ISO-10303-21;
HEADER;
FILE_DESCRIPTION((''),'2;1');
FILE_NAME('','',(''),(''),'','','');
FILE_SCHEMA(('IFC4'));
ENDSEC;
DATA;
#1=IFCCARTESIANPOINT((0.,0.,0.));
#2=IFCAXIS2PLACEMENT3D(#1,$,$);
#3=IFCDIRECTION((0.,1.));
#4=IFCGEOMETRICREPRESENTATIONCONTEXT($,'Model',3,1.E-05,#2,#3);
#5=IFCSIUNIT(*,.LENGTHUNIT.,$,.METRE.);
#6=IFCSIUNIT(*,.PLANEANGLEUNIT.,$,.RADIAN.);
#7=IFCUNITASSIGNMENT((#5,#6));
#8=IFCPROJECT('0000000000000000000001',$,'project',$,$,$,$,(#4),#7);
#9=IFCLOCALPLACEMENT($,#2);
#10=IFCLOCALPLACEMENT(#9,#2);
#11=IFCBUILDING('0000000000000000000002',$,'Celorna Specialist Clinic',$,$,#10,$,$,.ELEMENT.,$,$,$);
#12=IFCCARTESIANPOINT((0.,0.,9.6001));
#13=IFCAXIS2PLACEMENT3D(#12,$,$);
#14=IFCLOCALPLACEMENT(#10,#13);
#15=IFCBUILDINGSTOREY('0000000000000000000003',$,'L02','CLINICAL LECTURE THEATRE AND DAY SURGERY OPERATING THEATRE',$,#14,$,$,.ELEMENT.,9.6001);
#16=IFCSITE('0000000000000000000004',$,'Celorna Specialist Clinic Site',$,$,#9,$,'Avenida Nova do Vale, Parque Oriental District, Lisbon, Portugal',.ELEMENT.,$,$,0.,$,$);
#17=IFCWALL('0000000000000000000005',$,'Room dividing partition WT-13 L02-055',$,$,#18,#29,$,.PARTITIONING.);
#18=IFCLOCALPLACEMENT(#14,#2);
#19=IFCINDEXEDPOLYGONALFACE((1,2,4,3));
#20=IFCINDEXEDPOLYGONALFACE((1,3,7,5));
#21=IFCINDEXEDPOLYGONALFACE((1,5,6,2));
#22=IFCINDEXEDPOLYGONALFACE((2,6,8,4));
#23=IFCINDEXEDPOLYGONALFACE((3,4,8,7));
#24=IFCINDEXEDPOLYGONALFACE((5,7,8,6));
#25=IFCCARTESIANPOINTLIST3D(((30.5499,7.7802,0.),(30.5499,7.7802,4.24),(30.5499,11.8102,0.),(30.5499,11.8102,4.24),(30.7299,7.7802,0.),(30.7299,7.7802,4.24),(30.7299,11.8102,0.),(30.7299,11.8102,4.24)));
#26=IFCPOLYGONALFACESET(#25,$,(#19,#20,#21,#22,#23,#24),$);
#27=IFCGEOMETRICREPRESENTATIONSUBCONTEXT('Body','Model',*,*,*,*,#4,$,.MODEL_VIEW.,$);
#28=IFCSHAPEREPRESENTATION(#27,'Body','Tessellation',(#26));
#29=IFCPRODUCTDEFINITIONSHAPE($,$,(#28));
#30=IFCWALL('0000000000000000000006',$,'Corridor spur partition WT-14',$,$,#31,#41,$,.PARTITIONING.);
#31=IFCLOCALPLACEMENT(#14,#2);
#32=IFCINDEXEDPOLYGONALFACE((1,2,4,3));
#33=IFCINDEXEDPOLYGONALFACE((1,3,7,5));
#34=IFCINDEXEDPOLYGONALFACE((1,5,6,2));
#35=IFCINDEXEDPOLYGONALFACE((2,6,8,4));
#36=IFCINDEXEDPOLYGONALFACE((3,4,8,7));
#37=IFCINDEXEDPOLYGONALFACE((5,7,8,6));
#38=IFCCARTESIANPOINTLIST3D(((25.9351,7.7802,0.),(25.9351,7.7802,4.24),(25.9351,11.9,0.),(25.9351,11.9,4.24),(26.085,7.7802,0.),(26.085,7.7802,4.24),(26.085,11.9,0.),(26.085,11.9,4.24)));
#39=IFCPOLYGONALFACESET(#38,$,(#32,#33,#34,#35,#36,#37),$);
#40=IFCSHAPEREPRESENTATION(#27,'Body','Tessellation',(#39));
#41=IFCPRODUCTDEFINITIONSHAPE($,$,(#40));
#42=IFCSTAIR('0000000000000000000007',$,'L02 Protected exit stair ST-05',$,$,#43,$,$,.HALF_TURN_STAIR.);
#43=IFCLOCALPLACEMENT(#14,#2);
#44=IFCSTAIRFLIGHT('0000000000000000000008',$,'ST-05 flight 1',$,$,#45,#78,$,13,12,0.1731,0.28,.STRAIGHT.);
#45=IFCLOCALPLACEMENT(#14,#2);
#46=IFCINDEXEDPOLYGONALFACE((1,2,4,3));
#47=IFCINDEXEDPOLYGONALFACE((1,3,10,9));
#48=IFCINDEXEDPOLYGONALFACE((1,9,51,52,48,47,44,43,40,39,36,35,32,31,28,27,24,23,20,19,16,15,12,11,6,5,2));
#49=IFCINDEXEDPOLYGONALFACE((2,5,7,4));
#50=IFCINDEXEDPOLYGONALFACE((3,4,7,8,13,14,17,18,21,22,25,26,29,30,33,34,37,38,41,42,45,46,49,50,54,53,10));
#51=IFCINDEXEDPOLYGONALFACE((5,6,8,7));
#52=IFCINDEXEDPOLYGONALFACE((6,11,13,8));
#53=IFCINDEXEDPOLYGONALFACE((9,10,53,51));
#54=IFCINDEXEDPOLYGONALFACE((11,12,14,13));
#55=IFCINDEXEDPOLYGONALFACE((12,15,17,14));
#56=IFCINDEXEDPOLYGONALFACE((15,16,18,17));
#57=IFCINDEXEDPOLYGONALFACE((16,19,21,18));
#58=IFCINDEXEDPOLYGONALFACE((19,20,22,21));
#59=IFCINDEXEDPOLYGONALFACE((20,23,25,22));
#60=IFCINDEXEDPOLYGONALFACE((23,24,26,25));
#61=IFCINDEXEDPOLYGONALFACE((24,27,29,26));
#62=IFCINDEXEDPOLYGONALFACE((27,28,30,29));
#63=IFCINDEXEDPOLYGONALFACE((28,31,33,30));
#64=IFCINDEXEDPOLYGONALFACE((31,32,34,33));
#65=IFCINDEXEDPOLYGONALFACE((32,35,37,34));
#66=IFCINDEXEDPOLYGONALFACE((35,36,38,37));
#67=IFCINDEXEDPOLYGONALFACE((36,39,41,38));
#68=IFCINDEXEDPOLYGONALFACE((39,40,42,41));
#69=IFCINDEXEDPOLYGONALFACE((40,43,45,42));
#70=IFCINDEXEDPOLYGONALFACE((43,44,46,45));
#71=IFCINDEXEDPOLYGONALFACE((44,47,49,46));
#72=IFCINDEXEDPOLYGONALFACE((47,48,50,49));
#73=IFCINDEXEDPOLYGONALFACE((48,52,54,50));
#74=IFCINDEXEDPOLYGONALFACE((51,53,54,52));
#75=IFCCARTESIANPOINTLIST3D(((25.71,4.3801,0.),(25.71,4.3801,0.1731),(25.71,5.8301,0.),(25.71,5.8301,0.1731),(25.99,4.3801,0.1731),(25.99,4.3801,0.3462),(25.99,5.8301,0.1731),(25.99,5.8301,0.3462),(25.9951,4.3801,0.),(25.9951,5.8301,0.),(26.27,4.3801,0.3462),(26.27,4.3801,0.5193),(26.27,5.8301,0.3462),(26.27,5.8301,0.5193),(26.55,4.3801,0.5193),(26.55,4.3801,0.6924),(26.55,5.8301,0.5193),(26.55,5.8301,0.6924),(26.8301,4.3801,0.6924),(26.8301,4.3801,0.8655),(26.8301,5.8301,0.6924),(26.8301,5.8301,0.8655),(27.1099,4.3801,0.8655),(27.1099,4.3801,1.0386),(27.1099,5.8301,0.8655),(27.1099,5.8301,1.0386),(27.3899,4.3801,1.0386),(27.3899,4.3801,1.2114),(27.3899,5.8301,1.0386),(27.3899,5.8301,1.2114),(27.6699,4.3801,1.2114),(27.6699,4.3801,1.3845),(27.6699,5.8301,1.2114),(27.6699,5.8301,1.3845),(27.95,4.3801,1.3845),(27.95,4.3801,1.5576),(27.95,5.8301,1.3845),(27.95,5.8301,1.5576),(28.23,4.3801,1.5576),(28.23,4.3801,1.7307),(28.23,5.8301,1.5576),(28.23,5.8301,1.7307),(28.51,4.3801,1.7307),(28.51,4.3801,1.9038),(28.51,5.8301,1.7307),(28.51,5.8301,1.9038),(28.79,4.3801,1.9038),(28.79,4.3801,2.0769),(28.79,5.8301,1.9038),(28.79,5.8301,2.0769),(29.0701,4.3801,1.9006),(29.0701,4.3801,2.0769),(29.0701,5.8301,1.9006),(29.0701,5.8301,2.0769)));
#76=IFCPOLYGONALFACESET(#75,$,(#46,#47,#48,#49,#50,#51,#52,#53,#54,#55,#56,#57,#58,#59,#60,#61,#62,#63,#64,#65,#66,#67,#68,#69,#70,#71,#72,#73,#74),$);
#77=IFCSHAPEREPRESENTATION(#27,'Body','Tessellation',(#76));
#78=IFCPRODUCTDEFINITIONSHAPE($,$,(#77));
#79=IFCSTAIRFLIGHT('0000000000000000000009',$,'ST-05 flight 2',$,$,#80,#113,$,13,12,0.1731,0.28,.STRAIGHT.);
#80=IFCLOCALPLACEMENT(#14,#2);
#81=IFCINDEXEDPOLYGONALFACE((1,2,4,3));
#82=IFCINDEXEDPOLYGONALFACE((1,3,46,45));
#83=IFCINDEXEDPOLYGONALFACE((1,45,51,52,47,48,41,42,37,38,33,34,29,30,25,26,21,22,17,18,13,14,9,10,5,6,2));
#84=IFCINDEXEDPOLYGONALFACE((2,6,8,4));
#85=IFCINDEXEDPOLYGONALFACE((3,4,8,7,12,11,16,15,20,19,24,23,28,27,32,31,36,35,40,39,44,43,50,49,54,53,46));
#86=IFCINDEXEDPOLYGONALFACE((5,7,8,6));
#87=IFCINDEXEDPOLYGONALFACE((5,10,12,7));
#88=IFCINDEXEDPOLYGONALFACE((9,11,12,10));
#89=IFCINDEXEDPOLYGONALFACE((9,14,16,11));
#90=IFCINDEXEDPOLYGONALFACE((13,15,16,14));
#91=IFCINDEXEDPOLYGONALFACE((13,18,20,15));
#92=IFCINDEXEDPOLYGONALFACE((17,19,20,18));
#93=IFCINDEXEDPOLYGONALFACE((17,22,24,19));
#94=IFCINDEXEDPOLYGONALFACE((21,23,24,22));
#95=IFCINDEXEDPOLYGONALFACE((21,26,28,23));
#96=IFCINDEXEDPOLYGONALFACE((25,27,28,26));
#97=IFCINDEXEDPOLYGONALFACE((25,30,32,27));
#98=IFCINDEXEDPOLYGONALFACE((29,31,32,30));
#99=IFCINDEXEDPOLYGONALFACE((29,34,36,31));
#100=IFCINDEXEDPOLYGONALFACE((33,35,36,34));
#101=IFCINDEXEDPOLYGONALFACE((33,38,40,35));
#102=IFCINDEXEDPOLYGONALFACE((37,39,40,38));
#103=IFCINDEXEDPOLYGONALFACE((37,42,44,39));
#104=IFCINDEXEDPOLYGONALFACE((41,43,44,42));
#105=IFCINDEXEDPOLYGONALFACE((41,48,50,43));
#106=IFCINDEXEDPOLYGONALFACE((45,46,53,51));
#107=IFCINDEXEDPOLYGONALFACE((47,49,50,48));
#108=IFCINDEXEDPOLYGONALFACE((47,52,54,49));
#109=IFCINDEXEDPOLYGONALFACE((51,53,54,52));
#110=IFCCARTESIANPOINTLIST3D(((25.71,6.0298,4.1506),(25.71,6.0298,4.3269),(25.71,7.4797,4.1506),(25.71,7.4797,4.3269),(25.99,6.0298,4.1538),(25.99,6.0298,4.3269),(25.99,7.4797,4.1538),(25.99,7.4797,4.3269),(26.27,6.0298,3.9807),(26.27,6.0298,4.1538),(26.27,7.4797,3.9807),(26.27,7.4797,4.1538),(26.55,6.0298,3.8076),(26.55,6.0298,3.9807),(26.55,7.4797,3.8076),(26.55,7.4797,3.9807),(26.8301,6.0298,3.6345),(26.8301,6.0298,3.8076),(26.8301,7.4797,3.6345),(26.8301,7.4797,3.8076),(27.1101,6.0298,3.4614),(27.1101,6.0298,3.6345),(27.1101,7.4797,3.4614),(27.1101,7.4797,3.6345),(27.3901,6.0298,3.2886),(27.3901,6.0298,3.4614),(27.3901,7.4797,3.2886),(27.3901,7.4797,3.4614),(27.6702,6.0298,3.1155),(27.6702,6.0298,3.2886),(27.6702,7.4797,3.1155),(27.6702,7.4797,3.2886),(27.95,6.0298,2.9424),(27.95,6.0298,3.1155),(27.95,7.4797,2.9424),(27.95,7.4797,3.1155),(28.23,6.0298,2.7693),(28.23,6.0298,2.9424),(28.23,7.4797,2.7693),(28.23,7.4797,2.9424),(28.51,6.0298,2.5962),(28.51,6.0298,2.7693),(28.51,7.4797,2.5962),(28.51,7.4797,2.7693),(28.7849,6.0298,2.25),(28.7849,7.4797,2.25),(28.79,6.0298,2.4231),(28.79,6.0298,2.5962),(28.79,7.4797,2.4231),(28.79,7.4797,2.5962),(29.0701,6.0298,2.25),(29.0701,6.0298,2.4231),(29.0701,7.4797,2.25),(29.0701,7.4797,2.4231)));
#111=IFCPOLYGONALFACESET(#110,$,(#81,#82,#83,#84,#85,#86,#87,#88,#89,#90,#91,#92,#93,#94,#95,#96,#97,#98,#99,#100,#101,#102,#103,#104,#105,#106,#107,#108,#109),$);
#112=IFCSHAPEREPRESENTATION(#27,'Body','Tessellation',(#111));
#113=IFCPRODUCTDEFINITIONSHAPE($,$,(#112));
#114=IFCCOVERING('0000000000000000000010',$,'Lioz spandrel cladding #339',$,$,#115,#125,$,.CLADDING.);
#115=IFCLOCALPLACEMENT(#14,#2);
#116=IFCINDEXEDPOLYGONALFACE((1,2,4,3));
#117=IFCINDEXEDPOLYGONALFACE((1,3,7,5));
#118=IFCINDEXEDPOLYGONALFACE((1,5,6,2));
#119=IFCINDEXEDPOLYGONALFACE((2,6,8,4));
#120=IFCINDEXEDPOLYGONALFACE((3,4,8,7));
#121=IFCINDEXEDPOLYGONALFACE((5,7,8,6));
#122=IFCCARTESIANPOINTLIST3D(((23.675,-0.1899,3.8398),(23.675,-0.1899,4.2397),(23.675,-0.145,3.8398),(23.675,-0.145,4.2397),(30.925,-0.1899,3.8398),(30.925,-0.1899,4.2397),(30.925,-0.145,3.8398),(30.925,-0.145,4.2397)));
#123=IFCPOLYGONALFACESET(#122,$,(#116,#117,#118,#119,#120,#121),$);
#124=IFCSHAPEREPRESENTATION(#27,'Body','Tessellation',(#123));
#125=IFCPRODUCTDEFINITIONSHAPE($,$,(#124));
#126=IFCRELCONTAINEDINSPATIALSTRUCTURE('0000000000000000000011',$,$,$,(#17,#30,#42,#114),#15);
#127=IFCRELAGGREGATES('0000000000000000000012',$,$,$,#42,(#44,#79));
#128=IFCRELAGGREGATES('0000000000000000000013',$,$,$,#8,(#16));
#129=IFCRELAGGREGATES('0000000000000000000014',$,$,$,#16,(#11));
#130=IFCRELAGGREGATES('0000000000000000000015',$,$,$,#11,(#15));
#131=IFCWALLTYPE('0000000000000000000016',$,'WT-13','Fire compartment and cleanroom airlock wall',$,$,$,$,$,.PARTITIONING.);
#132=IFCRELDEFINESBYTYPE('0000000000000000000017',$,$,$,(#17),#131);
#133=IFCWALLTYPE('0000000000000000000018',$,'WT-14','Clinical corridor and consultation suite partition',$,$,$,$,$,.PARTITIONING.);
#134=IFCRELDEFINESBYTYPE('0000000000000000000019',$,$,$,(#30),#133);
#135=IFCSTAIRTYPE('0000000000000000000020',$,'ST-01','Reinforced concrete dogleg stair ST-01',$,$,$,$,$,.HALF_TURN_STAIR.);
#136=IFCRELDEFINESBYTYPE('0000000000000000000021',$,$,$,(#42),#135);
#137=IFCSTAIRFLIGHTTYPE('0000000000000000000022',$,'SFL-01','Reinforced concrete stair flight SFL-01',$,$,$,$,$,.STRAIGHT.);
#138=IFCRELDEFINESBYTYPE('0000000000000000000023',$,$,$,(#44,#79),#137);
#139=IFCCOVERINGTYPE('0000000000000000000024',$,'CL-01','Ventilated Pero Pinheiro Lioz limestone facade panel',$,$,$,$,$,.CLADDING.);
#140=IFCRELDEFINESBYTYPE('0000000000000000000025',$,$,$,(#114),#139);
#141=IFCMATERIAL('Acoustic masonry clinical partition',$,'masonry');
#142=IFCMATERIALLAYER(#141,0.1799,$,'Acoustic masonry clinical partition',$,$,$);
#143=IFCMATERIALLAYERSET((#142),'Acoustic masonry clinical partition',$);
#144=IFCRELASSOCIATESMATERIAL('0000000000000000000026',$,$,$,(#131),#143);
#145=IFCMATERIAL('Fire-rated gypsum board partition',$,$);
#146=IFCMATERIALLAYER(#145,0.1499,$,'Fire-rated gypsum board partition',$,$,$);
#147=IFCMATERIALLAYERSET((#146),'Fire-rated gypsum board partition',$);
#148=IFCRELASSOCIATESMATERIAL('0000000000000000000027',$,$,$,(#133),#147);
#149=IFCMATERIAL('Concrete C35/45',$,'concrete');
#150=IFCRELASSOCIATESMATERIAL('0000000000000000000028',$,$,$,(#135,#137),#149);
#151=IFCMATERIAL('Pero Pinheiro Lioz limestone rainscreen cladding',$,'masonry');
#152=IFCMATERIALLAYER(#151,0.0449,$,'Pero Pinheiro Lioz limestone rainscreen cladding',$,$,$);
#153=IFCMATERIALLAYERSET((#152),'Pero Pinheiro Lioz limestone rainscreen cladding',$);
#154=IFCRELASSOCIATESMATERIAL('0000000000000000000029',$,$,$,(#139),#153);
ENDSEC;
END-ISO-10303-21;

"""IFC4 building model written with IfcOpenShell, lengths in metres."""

from ifc_helpers import new_model, si_unit, direction, frame, frame_2d, origin, origin_2d, place, context, subcontext, project, spatial, polyline, rectangle, outline, extrude, material, layer, layer_set, type_object, element, aggregate, save


model = new_model("IFC4")

# Units and contexts
model_context = context("Model", 3, precision=1e-05, world=origin(), true_north=direction((0.0, 1.0)))
body_context = subcontext(model_context, "Body", "Model", "MODEL_VIEW")
ifc_project = project(units=[si_unit("LENGTHUNIT", "METRE"), si_unit("PLANEANGLEUNIT", "RADIAN")], contexts=[model_context])

# Site, building, storey
site_placement = place(None, origin())
site = spatial("IfcSite", under=ifc_project, at=site_placement, Name="Celorna Specialist Clinic Site", LongName="Avenida Nova do Vale, Parque Oriental District, Lisbon, Portugal", CompositionType="ELEMENT", RefElevation=0.0)
building_placement = place(site_placement, origin())
building = spatial("IfcBuilding", under=site, at=building_placement, Name="Celorna Specialist Clinic", CompositionType="ELEMENT")
storey_placement = place(building_placement, frame((0.0, 0.0, 9.6001)))
storey = spatial("IfcBuildingStorey", under=building, at=storey_placement, Name="L02", Description="CLINICAL LECTURE THEATRE AND DAY SURGERY OPERATING THEATRE", CompositionType="ELEMENT", Elevation=9.6001)

# Shared definitions
ifc_material_1 = material(Name="Concrete C35/45", Category="concrete")

# Walls
ifc_material_2 = material(Name="Acoustic masonry clinical partition", Category="masonry")
ifc_layer_1 = layer(ifc_material_2, 0.1799, Name="Acoustic masonry clinical partition")
ifc_layer_set_1 = layer_set([ifc_layer_1], Name="Acoustic masonry clinical partition")
wall_type_1 = type_object("IfcWallType", Name="WT-13", Description="Fire compartment and cleanroom airlock wall", PredefinedType="PARTITIONING", material=ifc_layer_set_1)
wall_1_placement = place(storey_placement, frame((30.6399, 7.78, 0.0), z_axis=(0.0, 0.0, 1.0), x_axis=(0.0, 1.0, 0.0)))
element("IfcWall", 1, at=wall_1_placement, inside=storey, type_object=wall_type_1, Name="Room dividing partition WT-13 L02-055", PredefinedType="PARTITIONING", context=body_context, shape_type="SweptSolid", body=[
    extrude(rectangle(XDim=4.03, YDim=0.1799, at=frame_2d((2.0151, 0.0))), origin(), (0.0, 0.0, 1.0), 4.24),
])
ifc_material_3 = material(Name="Fire-rated gypsum board partition")
ifc_layer_2 = layer(ifc_material_3, 0.1499, Name="Fire-rated gypsum board partition")
ifc_layer_set_2 = layer_set([ifc_layer_2], Name="Fire-rated gypsum board partition")
wall_type_2 = type_object("IfcWallType", Name="WT-14", Description="Clinical corridor and consultation suite partition", PredefinedType="PARTITIONING", material=ifc_layer_set_2)
wall_2_placement = place(storey_placement, frame((26.01, 7.78, 0.0), z_axis=(0.0, 0.0, 1.0), x_axis=(0.0, 1.0, 0.0)))
element("IfcWall", 2, at=wall_2_placement, inside=storey, type_object=wall_type_2, Name="Corridor spur partition WT-14", PredefinedType="PARTITIONING", context=body_context, shape_type="SweptSolid", body=[
    extrude(rectangle(XDim=4.1199, YDim=0.1499, at=frame_2d((2.0601, 0.0))), origin(), (0.0, 0.0, 1.0), 4.24),
])

# Stair, stair flights
stair_type = type_object("IfcStairType", Name="ST-01", Description="Reinforced concrete dogleg stair ST-01", PredefinedType="HALF_TURN_STAIR", material=ifc_material_1)
stair_placement = place(storey_placement, origin())
stair = element("IfcStair", 3, at=stair_placement, inside=storey, type_object=stair_type, Name="L02 Protected exit stair ST-05", PredefinedType="HALF_TURN_STAIR")
stair_flight_type = type_object("IfcStairFlightType", Name="SFL-01", Description="Reinforced concrete stair flight SFL-01", PredefinedType="STRAIGHT", material=ifc_material_1)
stair_flight_1_placement = place(storey_placement, frame((25.71, 5.105, 0.0), z_axis=(0.0, 0.0, 1.0), x_axis=(1.0, 0.0, 0.0)))
stair_flight_1 = element("IfcStairFlight", 4, at=stair_flight_1_placement, type_object=stair_flight_type, Name="ST-05 flight 1", NumberOfRisers=13, NumberOfTreads=12, PredefinedType="STRAIGHT", RiserHeight=0.1731, TreadLength=0.28, context=body_context, shape_type="SweptSolid", body=[
    extrude(outline(polyline([(0.0, 0.0), (0.0, 0.1731), (0.28, 0.1731), (0.28, 0.3462), (0.5601, 0.3462), (0.5601, 0.5193), (0.8401, 0.5193), (0.8401, 0.6924), (1.1201, 0.6924), (1.1201, 0.8655), (1.3999, 0.8655), (1.3999, 1.0386), (1.6799, 1.0386), (1.6799, 1.2114), (1.96, 1.2114), (1.96, 1.3845), (2.24, 1.3845), (2.24, 1.5576), (2.52, 1.5576), (2.52, 1.7307), (2.8, 1.7307), (2.8, 1.9038), (3.0801, 1.9038), (3.0801, 2.0769), (3.3601, 2.0769), (3.3601, 2.25), (3.3601, 1.9006), (0.2852, 0.0), (0.0, 0.0)])), frame((0.0, 0.7251, 0.0), z_axis=(0.0, -1.0, 0.0), x_axis=(1.0, 0.0, 0.0)), (0.0, 0.0, 1.0), 1.45),
])
stair_flight_2_placement = place(storey_placement, frame((29.0701, 6.7549, 2.25), z_axis=(0.0, 0.0, 1.0), x_axis=(-1.0, 0.0, 0.0)))
stair_flight_2 = element("IfcStairFlight", 5, at=stair_flight_2_placement, type_object=stair_flight_type, Name="ST-05 flight 2", NumberOfRisers=13, NumberOfTreads=12, PredefinedType="STRAIGHT", RiserHeight=0.1731, TreadLength=0.28, context=body_context, shape_type="SweptSolid", body=[
    extrude(outline(polyline([(0.0, 0.0), (0.0, 0.1731), (0.28, 0.1731), (0.28, 0.3462), (0.5601, 0.3462), (0.5601, 0.5193), (0.8401, 0.5193), (0.8401, 0.6924), (1.1201, 0.6924), (1.1201, 0.8655), (1.3999, 0.8655), (1.3999, 1.0386), (1.6799, 1.0386), (1.6799, 1.2114), (1.96, 1.2114), (1.96, 1.3845), (2.24, 1.3845), (2.24, 1.5576), (2.52, 1.5576), (2.52, 1.7307), (2.8, 1.7307), (2.8, 1.9038), (3.0801, 1.9038), (3.0801, 2.0769), (3.3601, 2.0769), (3.3601, 2.25), (3.3601, 1.9006), (0.2852, 0.0), (0.0, 0.0)])), frame((0.0, 0.7251, 0.0), z_axis=(0.0, -1.0, 0.0), x_axis=(1.0, 0.0, 0.0)), (0.0, 0.0, 1.0), 1.45),
])
aggregate(stair, [stair_flight_1, stair_flight_2])

# Covering
ifc_material_4 = material(Name="Pero Pinheiro Lioz limestone rainscreen cladding", Category="masonry")
ifc_layer_3 = layer(ifc_material_4, 0.0449, Name="Pero Pinheiro Lioz limestone rainscreen cladding")
ifc_layer_set_3 = layer_set([ifc_layer_3], Name="Pero Pinheiro Lioz limestone rainscreen cladding")
covering_type = type_object("IfcCoveringType", Name="CL-01", Description="Ventilated Pero Pinheiro Lioz limestone facade panel", PredefinedType="CLADDING", material=ifc_layer_set_3)
covering_placement = place(storey_placement, frame((27.3, -0.1675, 3.8398), z_axis=(0.0, 0.0, 1.0), x_axis=(-1.0, 0.0, 0.0)))
element("IfcCovering", 6, at=covering_placement, inside=storey, type_object=covering_type, Name="Lioz spandrel cladding #339", PredefinedType="CLADDING", context=body_context, shape_type="SweptSolid", body=[
    extrude(rectangle(XDim=7.25, YDim=0.0449, at=origin_2d()), origin(), (0.0, 0.0, 1.0), 0.3999),
])

save(model, "model.ifc")
